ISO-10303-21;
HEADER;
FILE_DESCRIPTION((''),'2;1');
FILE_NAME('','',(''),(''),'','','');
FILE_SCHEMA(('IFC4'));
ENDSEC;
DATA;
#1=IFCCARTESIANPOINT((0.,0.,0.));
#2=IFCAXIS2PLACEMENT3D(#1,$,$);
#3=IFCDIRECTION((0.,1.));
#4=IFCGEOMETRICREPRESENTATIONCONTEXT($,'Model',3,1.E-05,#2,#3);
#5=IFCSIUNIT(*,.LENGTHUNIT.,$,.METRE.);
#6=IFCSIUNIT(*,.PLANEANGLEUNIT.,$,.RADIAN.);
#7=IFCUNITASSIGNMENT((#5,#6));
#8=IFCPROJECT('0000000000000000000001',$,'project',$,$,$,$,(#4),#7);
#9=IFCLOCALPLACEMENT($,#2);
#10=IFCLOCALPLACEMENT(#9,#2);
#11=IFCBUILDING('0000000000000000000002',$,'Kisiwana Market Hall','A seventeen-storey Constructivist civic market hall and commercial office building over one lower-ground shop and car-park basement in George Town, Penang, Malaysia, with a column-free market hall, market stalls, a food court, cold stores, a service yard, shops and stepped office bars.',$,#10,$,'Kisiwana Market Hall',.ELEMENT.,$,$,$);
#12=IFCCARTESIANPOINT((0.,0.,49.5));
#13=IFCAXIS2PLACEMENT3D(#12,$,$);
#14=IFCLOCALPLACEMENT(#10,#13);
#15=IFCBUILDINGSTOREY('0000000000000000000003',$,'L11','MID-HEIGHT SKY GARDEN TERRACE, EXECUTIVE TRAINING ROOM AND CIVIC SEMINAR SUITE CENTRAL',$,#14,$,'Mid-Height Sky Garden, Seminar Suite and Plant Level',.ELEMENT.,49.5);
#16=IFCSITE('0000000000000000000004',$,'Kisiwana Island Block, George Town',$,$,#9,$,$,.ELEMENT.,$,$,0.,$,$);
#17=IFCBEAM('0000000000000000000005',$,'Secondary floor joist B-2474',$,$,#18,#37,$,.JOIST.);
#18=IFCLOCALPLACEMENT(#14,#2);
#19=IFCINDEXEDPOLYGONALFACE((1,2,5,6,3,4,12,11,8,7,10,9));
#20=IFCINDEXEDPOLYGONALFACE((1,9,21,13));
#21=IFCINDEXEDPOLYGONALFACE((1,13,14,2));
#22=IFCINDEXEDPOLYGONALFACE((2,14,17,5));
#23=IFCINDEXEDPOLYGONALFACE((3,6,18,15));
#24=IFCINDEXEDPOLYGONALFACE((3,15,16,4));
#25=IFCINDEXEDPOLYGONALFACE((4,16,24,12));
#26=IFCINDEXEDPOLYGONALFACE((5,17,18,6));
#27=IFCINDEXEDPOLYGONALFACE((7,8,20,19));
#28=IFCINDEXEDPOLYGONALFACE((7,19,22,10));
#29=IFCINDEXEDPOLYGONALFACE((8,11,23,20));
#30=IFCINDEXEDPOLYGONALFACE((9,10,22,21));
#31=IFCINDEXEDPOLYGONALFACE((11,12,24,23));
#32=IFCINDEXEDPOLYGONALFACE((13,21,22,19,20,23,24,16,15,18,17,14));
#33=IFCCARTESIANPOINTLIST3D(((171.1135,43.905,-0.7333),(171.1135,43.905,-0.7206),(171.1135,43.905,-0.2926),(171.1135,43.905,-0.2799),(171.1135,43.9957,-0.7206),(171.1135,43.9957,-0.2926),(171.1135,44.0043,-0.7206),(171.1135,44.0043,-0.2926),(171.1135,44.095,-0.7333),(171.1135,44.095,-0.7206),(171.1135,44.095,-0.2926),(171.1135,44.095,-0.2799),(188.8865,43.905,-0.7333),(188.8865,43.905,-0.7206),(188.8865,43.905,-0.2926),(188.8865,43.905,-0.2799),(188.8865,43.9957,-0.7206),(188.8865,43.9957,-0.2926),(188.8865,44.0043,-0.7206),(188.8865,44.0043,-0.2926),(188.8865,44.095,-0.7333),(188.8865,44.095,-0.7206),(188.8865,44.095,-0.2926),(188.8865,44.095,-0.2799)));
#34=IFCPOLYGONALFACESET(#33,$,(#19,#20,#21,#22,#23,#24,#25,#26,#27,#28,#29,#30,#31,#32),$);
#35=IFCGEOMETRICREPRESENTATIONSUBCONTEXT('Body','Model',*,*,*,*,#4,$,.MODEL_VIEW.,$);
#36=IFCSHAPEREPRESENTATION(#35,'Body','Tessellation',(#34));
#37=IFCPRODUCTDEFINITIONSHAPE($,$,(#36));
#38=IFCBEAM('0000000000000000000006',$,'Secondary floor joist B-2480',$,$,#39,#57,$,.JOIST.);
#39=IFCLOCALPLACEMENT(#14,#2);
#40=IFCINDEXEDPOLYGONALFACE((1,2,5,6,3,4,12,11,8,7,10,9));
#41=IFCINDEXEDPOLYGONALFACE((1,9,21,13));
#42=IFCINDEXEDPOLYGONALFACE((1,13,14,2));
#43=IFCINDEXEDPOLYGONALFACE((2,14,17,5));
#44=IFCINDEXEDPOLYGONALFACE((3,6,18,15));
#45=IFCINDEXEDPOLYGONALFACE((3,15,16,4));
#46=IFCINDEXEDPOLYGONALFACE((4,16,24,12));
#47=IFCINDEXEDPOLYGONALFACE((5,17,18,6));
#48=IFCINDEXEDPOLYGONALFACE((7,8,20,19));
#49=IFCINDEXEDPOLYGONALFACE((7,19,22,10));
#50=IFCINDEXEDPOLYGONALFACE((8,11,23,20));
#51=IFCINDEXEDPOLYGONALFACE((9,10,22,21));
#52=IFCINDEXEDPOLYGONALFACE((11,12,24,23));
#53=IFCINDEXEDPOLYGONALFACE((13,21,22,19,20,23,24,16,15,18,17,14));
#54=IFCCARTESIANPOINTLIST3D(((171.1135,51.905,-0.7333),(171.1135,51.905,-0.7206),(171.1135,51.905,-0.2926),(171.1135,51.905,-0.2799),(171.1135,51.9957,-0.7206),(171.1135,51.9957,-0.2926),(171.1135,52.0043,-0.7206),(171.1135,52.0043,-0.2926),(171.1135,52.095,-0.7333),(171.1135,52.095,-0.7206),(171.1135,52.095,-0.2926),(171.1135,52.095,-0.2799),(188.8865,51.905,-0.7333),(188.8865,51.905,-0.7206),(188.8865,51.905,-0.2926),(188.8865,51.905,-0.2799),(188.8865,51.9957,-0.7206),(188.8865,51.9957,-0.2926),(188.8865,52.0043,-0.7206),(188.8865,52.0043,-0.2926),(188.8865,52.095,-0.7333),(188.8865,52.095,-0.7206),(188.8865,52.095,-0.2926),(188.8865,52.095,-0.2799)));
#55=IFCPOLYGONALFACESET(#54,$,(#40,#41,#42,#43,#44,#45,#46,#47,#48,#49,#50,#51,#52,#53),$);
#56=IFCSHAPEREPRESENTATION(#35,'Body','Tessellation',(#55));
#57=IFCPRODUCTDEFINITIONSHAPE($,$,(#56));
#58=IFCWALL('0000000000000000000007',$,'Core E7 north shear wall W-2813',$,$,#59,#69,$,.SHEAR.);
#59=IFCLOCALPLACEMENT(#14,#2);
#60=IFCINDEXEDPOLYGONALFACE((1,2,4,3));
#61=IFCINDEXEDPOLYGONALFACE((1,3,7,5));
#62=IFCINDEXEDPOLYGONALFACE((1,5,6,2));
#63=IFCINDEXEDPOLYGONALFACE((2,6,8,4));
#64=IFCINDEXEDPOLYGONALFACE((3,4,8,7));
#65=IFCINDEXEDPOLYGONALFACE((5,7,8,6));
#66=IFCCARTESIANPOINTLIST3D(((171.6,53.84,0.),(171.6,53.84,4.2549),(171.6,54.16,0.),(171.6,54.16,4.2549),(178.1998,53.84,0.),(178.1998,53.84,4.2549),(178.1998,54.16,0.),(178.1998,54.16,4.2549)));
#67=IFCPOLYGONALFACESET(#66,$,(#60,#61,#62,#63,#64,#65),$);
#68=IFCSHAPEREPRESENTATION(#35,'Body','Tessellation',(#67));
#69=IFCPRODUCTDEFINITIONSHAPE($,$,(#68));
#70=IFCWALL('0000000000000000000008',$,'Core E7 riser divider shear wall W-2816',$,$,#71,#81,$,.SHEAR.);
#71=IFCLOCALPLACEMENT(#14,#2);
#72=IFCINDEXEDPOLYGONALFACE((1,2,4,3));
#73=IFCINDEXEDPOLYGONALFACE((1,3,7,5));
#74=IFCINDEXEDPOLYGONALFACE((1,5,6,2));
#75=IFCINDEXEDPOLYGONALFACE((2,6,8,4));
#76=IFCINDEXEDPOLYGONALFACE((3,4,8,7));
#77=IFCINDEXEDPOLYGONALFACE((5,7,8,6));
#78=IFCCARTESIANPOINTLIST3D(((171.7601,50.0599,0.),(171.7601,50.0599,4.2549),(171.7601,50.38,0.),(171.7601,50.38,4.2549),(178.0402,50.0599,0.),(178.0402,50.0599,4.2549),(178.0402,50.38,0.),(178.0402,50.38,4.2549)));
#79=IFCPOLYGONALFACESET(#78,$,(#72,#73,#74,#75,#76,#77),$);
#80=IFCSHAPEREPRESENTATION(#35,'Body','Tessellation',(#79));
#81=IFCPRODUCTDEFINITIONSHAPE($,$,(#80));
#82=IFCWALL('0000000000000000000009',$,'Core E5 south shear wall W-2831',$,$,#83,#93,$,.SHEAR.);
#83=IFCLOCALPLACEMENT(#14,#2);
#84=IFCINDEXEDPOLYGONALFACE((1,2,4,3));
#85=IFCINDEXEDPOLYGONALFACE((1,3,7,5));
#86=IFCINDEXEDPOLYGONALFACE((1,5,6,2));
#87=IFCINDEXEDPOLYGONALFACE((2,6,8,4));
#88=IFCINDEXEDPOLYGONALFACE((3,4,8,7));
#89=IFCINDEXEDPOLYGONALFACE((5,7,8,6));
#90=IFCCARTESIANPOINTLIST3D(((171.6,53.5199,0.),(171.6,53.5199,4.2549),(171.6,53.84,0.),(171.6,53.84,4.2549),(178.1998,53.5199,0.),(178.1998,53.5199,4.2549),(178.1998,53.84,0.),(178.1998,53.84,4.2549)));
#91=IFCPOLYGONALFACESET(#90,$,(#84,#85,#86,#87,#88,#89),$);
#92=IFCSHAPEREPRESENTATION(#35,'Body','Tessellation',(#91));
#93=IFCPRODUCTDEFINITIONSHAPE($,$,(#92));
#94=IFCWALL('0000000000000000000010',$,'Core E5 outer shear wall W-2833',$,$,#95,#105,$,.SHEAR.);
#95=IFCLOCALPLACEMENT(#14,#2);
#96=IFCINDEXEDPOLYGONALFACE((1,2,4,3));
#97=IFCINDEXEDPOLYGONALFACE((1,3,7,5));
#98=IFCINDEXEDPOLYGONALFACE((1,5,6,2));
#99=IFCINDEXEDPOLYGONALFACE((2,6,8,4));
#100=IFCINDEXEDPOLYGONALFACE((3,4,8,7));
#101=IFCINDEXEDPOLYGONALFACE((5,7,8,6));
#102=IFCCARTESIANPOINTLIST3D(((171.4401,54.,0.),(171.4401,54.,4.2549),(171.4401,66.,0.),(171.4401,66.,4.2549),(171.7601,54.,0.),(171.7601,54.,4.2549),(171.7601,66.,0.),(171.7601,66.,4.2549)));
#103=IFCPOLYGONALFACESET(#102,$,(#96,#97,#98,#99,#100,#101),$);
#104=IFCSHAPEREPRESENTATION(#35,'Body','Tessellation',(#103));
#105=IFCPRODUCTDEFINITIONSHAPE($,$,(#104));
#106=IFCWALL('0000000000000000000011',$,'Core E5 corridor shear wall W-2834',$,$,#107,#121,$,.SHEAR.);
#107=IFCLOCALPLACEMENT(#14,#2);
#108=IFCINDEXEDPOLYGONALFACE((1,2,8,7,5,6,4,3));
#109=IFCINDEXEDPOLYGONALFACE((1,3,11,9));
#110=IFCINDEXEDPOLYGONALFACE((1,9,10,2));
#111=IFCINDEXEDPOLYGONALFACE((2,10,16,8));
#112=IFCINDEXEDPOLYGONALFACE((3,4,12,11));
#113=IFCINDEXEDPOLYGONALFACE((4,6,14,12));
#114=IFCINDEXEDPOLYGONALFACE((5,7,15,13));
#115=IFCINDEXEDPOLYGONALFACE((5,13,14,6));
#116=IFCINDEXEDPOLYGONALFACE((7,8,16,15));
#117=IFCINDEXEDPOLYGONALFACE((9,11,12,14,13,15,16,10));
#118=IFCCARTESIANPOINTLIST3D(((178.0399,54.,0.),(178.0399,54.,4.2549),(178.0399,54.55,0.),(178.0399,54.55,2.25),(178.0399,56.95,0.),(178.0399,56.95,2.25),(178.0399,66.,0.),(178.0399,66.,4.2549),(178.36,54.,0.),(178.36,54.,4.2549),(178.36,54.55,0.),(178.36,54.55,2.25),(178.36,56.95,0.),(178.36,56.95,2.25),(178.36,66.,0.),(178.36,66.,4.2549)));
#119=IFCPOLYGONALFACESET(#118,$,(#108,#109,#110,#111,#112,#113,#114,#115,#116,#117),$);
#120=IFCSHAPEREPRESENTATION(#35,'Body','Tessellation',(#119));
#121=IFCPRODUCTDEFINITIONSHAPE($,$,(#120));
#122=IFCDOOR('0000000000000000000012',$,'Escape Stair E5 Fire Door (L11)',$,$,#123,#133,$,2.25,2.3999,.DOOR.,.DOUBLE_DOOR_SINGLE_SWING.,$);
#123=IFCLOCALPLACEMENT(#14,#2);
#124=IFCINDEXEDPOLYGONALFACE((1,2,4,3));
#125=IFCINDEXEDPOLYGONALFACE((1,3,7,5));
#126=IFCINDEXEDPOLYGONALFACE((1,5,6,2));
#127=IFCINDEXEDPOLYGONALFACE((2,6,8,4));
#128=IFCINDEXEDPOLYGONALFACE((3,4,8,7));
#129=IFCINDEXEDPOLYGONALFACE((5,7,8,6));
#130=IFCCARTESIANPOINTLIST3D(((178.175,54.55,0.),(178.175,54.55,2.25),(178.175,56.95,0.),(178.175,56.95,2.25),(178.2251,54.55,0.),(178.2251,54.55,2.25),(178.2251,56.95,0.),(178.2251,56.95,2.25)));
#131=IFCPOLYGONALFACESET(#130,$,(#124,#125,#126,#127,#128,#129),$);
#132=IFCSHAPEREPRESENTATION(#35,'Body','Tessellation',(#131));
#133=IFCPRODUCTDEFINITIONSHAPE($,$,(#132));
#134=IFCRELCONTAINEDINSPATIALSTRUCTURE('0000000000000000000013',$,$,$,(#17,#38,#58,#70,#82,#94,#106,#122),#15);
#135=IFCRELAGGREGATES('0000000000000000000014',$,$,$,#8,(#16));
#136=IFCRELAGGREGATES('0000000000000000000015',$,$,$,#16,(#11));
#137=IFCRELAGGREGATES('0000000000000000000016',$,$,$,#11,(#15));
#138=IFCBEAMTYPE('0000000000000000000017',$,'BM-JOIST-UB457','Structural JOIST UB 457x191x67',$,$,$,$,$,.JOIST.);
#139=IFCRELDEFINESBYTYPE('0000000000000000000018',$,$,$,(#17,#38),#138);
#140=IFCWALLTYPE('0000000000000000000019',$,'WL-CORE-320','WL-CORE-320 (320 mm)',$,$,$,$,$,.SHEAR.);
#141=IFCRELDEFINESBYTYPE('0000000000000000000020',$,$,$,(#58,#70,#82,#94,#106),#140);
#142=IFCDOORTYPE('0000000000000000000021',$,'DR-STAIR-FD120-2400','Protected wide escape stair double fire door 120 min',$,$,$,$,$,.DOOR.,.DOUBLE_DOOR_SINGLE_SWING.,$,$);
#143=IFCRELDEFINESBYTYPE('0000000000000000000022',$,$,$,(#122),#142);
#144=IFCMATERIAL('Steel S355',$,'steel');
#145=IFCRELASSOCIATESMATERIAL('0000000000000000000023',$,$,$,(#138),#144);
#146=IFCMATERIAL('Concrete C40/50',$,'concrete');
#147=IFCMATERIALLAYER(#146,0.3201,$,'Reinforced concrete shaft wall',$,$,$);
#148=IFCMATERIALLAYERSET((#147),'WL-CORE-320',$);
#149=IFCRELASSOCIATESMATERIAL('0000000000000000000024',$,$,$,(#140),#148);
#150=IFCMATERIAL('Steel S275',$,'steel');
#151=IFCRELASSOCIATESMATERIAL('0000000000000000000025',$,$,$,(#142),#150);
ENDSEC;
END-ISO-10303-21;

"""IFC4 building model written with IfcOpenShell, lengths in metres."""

from ifc_helpers import new_model, si_unit, direction, frame, frame_2d, origin, origin_2d, place, context, subcontext, project, spatial, rectangle, i_section, extrude, material, layer, layer_set, material_profile, profile_set, type_object, element, fill, save


model = new_model("IFC4")

# Units and contexts
model_context = context("Model", 3, precision=1e-05, world=origin(), true_north=direction((0.0, 1.0)))
body_context = subcontext(model_context, "Body", "Model", "MODEL_VIEW")
ifc_project = project(units=[si_unit("LENGTHUNIT", "METRE"), si_unit("PLANEANGLEUNIT", "RADIAN")], contexts=[model_context])

# Site, building, storey
site_placement = place(None, origin())
site = spatial("IfcSite", under=ifc_project, at=site_placement, Name="Kisiwana Island Block, George Town", CompositionType="ELEMENT", RefElevation=0.0)
building_placement = place(site_placement, origin())
building = spatial("IfcBuilding", under=site, at=building_placement, Name="Kisiwana Market Hall", Description="A seventeen-storey Constructivist civic market hall and commercial office building over one lower-ground shop and car-park basement in George Town, Penang, Malaysia, with a column-free market hall, market stalls, a food court, cold stores, a service yard, shops and stepped office bars.", LongName="Kisiwana Market Hall", CompositionType="ELEMENT")
storey_placement = place(building_placement, frame((0.0, 0.0, 49.5)))
storey = spatial("IfcBuildingStorey", under=building, at=storey_placement, Name="L11", Description="MID-HEIGHT SKY GARDEN TERRACE, EXECUTIVE TRAINING ROOM AND CIVIC SEMINAR SUITE CENTRAL", LongName="Mid-Height Sky Garden, Seminar Suite and Plant Level", CompositionType="ELEMENT", Elevation=49.5)

# Beams
ifc_material_1 = material(Name="Steel S355", Category="steel")
ifc_material_profile = material_profile(ifc_material_1, i_section(OverallWidth=0.1899, OverallDepth=0.4534, WebThickness=0.0085, FlangeThickness=0.0127, at=origin_2d()), Name="UB 457x191x67")
ifc_profile_set = profile_set([ifc_material_profile], Name="Steel S355")
beam_type = type_object("IfcBeamType", Name="BM-JOIST-UB457", Description="Structural JOIST UB 457x191x67", PredefinedType="JOIST", material=ifc_profile_set)
for number, where, z_axis, x_axis, name in (
    (1, (171.1135, 44.0, -0.5066), (1.0, 0.0, 0.0), (0.0, 1.0, 0.0), "Secondary floor joist B-2474"),
    (2, (171.1135, 52.0, -0.5066), (1.0, 0.0, 0.0), (0.0, 1.0, 0.0), "Secondary floor joist B-2480"),
):
    element("IfcBeam", number, at=place(storey_placement, frame(where, z_axis=z_axis, x_axis=x_axis)), inside=storey, type_object=beam_type, Name=name, PredefinedType="JOIST", context=body_context, shape_type="SweptSolid", body=[
        extrude(i_section(OverallWidth=0.1899, OverallDepth=0.4534, WebThickness=0.0085, FlangeThickness=0.0127, at=origin_2d()), origin(), (0.0, 0.0, 1.0), 17.7729),
    ])

# Walls
ifc_material_2 = material(Name="Concrete C40/50", Category="concrete")
ifc_layer = layer(ifc_material_2, 0.3201, Name="Reinforced concrete shaft wall")
ifc_layer_set = layer_set([ifc_layer], Name="WL-CORE-320")
wall_type = type_object("IfcWallType", Name="WL-CORE-320", Description="WL-CORE-320 (320 mm)", PredefinedType="SHEAR", material=ifc_layer_set)
wall_1_placement = place(storey_placement, frame((171.6001, 54.0, 0.0), z_axis=(0.0, 0.0, 1.0), x_axis=(1.0, 0.0, 0.0)))
element("IfcWall", 3, at=wall_1_placement, inside=storey, type_object=wall_type, Name="Core E7 north shear wall W-2813", PredefinedType="SHEAR", context=body_context, shape_type="SweptSolid", body=[
    extrude(rectangle(XDim=6.5999, YDim=0.3201, at=frame_2d((3.2998, 0.0))), origin(), (0.0, 0.0, 1.0), 4.2549),
])
wall_2_placement = place(storey_placement, frame((171.76, 50.22, 0.0), z_axis=(0.0, 0.0, 1.0), x_axis=(1.0, 0.0, 0.0)))
element("IfcWall", 4, at=wall_2_placement, inside=storey, type_object=wall_type, Name="Core E7 riser divider shear wall W-2816", PredefinedType="SHEAR", context=body_context, shape_type="SweptSolid", body=[
    extrude(rectangle(XDim=6.28, YDim=0.3201, at=frame_2d((3.1401, 0.0))), origin(), (0.0, 0.0, 1.0), 4.2549),
])
wall_3_placement = place(storey_placement, frame((171.6001, 53.6799, 0.0), z_axis=(0.0, 0.0, 1.0), x_axis=(1.0, 0.0, 0.0)))
element("IfcWall", 5, at=wall_3_placement, inside=storey, type_object=wall_type, Name="Core E5 south shear wall W-2831", PredefinedType="SHEAR", context=body_context, shape_type="SweptSolid", body=[
    extrude(rectangle(XDim=6.5999, YDim=0.3201, at=frame_2d((3.2998, 0.0))), origin(), (0.0, 0.0, 1.0), 4.2549),
])
wall_4_placement = place(storey_placement, frame((171.6001, 54.0, 0.0), z_axis=(0.0, 0.0, 1.0), x_axis=(0.0, 1.0, 0.0)))
element("IfcWall", 6, at=wall_4_placement, inside=storey, type_object=wall_type, Name="Core E5 outer shear wall W-2833", PredefinedType="SHEAR", context=body_context, shape_type="SweptSolid", body=[
    extrude(rectangle(XDim=12.0, YDim=0.3201, at=frame_2d((6.0, 0.0))), origin(), (0.0, 0.0, 1.0), 4.2549),
])

# Wall, opening, door
wall_5_placement = place(storey_placement, frame((178.2, 54.0, 0.0), z_axis=(0.0, 0.0, 1.0), x_axis=(0.0, 1.0, 0.0)))
wall_5 = element("IfcWall", 7, at=wall_5_placement, inside=storey, type_object=wall_type, Name="Core E5 corridor shear wall W-2834", PredefinedType="SHEAR", context=body_context, shape_type="SweptSolid", body=[
    extrude(rectangle(XDim=12.0, YDim=0.3201, at=frame_2d((6.0, 0.0))), origin(), (0.0, 0.0, 1.0), 4.2549),
])
opening_placement = place(wall_5_placement, frame((0.55, 0.0, 0.0)))
opening = element("IfcOpeningElement", 8, at=opening_placement, cuts=wall_5, PredefinedType="OPENING", context=body_context, shape_type="SweptSolid", body=[
    extrude(rectangle(XDim=2.3999, YDim=2.25, at=frame_2d((1.2, 1.125))), frame((0.0, 0.1719, 0.0), z_axis=(0.0, -1.0, 0.0), x_axis=(1.0, 0.0, 0.0)), (0.0, 0.0, 1.0), 0.344),
])
ifc_material_3 = material(Name="Steel S275", Category="steel")
door_type = type_object("IfcDoorType", Name="DR-STAIR-FD120-2400", Description="Protected wide escape stair double fire door 120 min", OperationType="DOUBLE_DOOR_SINGLE_SWING", PredefinedType="DOOR", material=ifc_material_3)
door_placement = place(opening_placement, origin())
door = element("IfcDoor", 9, at=door_placement, inside=storey, type_object=door_type, Name="Escape Stair E5 Fire Door (L11)", OperationType="DOUBLE_DOOR_SINGLE_SWING", OverallHeight=2.25, OverallWidth=2.3999, PredefinedType="DOOR", context=body_context, shape_type="SweptSolid", body=[
    extrude(rectangle(XDim=2.3999, YDim=2.25, at=frame_2d((1.2, 1.125))), frame((0.0, 0.0249, 0.0), z_axis=(0.0, -1.0, 0.0), x_axis=(1.0, 0.0, 0.0)), (0.0, 0.0, 1.0), 0.05),
])
fill(opening, door)

save(model, "model.ifc")
